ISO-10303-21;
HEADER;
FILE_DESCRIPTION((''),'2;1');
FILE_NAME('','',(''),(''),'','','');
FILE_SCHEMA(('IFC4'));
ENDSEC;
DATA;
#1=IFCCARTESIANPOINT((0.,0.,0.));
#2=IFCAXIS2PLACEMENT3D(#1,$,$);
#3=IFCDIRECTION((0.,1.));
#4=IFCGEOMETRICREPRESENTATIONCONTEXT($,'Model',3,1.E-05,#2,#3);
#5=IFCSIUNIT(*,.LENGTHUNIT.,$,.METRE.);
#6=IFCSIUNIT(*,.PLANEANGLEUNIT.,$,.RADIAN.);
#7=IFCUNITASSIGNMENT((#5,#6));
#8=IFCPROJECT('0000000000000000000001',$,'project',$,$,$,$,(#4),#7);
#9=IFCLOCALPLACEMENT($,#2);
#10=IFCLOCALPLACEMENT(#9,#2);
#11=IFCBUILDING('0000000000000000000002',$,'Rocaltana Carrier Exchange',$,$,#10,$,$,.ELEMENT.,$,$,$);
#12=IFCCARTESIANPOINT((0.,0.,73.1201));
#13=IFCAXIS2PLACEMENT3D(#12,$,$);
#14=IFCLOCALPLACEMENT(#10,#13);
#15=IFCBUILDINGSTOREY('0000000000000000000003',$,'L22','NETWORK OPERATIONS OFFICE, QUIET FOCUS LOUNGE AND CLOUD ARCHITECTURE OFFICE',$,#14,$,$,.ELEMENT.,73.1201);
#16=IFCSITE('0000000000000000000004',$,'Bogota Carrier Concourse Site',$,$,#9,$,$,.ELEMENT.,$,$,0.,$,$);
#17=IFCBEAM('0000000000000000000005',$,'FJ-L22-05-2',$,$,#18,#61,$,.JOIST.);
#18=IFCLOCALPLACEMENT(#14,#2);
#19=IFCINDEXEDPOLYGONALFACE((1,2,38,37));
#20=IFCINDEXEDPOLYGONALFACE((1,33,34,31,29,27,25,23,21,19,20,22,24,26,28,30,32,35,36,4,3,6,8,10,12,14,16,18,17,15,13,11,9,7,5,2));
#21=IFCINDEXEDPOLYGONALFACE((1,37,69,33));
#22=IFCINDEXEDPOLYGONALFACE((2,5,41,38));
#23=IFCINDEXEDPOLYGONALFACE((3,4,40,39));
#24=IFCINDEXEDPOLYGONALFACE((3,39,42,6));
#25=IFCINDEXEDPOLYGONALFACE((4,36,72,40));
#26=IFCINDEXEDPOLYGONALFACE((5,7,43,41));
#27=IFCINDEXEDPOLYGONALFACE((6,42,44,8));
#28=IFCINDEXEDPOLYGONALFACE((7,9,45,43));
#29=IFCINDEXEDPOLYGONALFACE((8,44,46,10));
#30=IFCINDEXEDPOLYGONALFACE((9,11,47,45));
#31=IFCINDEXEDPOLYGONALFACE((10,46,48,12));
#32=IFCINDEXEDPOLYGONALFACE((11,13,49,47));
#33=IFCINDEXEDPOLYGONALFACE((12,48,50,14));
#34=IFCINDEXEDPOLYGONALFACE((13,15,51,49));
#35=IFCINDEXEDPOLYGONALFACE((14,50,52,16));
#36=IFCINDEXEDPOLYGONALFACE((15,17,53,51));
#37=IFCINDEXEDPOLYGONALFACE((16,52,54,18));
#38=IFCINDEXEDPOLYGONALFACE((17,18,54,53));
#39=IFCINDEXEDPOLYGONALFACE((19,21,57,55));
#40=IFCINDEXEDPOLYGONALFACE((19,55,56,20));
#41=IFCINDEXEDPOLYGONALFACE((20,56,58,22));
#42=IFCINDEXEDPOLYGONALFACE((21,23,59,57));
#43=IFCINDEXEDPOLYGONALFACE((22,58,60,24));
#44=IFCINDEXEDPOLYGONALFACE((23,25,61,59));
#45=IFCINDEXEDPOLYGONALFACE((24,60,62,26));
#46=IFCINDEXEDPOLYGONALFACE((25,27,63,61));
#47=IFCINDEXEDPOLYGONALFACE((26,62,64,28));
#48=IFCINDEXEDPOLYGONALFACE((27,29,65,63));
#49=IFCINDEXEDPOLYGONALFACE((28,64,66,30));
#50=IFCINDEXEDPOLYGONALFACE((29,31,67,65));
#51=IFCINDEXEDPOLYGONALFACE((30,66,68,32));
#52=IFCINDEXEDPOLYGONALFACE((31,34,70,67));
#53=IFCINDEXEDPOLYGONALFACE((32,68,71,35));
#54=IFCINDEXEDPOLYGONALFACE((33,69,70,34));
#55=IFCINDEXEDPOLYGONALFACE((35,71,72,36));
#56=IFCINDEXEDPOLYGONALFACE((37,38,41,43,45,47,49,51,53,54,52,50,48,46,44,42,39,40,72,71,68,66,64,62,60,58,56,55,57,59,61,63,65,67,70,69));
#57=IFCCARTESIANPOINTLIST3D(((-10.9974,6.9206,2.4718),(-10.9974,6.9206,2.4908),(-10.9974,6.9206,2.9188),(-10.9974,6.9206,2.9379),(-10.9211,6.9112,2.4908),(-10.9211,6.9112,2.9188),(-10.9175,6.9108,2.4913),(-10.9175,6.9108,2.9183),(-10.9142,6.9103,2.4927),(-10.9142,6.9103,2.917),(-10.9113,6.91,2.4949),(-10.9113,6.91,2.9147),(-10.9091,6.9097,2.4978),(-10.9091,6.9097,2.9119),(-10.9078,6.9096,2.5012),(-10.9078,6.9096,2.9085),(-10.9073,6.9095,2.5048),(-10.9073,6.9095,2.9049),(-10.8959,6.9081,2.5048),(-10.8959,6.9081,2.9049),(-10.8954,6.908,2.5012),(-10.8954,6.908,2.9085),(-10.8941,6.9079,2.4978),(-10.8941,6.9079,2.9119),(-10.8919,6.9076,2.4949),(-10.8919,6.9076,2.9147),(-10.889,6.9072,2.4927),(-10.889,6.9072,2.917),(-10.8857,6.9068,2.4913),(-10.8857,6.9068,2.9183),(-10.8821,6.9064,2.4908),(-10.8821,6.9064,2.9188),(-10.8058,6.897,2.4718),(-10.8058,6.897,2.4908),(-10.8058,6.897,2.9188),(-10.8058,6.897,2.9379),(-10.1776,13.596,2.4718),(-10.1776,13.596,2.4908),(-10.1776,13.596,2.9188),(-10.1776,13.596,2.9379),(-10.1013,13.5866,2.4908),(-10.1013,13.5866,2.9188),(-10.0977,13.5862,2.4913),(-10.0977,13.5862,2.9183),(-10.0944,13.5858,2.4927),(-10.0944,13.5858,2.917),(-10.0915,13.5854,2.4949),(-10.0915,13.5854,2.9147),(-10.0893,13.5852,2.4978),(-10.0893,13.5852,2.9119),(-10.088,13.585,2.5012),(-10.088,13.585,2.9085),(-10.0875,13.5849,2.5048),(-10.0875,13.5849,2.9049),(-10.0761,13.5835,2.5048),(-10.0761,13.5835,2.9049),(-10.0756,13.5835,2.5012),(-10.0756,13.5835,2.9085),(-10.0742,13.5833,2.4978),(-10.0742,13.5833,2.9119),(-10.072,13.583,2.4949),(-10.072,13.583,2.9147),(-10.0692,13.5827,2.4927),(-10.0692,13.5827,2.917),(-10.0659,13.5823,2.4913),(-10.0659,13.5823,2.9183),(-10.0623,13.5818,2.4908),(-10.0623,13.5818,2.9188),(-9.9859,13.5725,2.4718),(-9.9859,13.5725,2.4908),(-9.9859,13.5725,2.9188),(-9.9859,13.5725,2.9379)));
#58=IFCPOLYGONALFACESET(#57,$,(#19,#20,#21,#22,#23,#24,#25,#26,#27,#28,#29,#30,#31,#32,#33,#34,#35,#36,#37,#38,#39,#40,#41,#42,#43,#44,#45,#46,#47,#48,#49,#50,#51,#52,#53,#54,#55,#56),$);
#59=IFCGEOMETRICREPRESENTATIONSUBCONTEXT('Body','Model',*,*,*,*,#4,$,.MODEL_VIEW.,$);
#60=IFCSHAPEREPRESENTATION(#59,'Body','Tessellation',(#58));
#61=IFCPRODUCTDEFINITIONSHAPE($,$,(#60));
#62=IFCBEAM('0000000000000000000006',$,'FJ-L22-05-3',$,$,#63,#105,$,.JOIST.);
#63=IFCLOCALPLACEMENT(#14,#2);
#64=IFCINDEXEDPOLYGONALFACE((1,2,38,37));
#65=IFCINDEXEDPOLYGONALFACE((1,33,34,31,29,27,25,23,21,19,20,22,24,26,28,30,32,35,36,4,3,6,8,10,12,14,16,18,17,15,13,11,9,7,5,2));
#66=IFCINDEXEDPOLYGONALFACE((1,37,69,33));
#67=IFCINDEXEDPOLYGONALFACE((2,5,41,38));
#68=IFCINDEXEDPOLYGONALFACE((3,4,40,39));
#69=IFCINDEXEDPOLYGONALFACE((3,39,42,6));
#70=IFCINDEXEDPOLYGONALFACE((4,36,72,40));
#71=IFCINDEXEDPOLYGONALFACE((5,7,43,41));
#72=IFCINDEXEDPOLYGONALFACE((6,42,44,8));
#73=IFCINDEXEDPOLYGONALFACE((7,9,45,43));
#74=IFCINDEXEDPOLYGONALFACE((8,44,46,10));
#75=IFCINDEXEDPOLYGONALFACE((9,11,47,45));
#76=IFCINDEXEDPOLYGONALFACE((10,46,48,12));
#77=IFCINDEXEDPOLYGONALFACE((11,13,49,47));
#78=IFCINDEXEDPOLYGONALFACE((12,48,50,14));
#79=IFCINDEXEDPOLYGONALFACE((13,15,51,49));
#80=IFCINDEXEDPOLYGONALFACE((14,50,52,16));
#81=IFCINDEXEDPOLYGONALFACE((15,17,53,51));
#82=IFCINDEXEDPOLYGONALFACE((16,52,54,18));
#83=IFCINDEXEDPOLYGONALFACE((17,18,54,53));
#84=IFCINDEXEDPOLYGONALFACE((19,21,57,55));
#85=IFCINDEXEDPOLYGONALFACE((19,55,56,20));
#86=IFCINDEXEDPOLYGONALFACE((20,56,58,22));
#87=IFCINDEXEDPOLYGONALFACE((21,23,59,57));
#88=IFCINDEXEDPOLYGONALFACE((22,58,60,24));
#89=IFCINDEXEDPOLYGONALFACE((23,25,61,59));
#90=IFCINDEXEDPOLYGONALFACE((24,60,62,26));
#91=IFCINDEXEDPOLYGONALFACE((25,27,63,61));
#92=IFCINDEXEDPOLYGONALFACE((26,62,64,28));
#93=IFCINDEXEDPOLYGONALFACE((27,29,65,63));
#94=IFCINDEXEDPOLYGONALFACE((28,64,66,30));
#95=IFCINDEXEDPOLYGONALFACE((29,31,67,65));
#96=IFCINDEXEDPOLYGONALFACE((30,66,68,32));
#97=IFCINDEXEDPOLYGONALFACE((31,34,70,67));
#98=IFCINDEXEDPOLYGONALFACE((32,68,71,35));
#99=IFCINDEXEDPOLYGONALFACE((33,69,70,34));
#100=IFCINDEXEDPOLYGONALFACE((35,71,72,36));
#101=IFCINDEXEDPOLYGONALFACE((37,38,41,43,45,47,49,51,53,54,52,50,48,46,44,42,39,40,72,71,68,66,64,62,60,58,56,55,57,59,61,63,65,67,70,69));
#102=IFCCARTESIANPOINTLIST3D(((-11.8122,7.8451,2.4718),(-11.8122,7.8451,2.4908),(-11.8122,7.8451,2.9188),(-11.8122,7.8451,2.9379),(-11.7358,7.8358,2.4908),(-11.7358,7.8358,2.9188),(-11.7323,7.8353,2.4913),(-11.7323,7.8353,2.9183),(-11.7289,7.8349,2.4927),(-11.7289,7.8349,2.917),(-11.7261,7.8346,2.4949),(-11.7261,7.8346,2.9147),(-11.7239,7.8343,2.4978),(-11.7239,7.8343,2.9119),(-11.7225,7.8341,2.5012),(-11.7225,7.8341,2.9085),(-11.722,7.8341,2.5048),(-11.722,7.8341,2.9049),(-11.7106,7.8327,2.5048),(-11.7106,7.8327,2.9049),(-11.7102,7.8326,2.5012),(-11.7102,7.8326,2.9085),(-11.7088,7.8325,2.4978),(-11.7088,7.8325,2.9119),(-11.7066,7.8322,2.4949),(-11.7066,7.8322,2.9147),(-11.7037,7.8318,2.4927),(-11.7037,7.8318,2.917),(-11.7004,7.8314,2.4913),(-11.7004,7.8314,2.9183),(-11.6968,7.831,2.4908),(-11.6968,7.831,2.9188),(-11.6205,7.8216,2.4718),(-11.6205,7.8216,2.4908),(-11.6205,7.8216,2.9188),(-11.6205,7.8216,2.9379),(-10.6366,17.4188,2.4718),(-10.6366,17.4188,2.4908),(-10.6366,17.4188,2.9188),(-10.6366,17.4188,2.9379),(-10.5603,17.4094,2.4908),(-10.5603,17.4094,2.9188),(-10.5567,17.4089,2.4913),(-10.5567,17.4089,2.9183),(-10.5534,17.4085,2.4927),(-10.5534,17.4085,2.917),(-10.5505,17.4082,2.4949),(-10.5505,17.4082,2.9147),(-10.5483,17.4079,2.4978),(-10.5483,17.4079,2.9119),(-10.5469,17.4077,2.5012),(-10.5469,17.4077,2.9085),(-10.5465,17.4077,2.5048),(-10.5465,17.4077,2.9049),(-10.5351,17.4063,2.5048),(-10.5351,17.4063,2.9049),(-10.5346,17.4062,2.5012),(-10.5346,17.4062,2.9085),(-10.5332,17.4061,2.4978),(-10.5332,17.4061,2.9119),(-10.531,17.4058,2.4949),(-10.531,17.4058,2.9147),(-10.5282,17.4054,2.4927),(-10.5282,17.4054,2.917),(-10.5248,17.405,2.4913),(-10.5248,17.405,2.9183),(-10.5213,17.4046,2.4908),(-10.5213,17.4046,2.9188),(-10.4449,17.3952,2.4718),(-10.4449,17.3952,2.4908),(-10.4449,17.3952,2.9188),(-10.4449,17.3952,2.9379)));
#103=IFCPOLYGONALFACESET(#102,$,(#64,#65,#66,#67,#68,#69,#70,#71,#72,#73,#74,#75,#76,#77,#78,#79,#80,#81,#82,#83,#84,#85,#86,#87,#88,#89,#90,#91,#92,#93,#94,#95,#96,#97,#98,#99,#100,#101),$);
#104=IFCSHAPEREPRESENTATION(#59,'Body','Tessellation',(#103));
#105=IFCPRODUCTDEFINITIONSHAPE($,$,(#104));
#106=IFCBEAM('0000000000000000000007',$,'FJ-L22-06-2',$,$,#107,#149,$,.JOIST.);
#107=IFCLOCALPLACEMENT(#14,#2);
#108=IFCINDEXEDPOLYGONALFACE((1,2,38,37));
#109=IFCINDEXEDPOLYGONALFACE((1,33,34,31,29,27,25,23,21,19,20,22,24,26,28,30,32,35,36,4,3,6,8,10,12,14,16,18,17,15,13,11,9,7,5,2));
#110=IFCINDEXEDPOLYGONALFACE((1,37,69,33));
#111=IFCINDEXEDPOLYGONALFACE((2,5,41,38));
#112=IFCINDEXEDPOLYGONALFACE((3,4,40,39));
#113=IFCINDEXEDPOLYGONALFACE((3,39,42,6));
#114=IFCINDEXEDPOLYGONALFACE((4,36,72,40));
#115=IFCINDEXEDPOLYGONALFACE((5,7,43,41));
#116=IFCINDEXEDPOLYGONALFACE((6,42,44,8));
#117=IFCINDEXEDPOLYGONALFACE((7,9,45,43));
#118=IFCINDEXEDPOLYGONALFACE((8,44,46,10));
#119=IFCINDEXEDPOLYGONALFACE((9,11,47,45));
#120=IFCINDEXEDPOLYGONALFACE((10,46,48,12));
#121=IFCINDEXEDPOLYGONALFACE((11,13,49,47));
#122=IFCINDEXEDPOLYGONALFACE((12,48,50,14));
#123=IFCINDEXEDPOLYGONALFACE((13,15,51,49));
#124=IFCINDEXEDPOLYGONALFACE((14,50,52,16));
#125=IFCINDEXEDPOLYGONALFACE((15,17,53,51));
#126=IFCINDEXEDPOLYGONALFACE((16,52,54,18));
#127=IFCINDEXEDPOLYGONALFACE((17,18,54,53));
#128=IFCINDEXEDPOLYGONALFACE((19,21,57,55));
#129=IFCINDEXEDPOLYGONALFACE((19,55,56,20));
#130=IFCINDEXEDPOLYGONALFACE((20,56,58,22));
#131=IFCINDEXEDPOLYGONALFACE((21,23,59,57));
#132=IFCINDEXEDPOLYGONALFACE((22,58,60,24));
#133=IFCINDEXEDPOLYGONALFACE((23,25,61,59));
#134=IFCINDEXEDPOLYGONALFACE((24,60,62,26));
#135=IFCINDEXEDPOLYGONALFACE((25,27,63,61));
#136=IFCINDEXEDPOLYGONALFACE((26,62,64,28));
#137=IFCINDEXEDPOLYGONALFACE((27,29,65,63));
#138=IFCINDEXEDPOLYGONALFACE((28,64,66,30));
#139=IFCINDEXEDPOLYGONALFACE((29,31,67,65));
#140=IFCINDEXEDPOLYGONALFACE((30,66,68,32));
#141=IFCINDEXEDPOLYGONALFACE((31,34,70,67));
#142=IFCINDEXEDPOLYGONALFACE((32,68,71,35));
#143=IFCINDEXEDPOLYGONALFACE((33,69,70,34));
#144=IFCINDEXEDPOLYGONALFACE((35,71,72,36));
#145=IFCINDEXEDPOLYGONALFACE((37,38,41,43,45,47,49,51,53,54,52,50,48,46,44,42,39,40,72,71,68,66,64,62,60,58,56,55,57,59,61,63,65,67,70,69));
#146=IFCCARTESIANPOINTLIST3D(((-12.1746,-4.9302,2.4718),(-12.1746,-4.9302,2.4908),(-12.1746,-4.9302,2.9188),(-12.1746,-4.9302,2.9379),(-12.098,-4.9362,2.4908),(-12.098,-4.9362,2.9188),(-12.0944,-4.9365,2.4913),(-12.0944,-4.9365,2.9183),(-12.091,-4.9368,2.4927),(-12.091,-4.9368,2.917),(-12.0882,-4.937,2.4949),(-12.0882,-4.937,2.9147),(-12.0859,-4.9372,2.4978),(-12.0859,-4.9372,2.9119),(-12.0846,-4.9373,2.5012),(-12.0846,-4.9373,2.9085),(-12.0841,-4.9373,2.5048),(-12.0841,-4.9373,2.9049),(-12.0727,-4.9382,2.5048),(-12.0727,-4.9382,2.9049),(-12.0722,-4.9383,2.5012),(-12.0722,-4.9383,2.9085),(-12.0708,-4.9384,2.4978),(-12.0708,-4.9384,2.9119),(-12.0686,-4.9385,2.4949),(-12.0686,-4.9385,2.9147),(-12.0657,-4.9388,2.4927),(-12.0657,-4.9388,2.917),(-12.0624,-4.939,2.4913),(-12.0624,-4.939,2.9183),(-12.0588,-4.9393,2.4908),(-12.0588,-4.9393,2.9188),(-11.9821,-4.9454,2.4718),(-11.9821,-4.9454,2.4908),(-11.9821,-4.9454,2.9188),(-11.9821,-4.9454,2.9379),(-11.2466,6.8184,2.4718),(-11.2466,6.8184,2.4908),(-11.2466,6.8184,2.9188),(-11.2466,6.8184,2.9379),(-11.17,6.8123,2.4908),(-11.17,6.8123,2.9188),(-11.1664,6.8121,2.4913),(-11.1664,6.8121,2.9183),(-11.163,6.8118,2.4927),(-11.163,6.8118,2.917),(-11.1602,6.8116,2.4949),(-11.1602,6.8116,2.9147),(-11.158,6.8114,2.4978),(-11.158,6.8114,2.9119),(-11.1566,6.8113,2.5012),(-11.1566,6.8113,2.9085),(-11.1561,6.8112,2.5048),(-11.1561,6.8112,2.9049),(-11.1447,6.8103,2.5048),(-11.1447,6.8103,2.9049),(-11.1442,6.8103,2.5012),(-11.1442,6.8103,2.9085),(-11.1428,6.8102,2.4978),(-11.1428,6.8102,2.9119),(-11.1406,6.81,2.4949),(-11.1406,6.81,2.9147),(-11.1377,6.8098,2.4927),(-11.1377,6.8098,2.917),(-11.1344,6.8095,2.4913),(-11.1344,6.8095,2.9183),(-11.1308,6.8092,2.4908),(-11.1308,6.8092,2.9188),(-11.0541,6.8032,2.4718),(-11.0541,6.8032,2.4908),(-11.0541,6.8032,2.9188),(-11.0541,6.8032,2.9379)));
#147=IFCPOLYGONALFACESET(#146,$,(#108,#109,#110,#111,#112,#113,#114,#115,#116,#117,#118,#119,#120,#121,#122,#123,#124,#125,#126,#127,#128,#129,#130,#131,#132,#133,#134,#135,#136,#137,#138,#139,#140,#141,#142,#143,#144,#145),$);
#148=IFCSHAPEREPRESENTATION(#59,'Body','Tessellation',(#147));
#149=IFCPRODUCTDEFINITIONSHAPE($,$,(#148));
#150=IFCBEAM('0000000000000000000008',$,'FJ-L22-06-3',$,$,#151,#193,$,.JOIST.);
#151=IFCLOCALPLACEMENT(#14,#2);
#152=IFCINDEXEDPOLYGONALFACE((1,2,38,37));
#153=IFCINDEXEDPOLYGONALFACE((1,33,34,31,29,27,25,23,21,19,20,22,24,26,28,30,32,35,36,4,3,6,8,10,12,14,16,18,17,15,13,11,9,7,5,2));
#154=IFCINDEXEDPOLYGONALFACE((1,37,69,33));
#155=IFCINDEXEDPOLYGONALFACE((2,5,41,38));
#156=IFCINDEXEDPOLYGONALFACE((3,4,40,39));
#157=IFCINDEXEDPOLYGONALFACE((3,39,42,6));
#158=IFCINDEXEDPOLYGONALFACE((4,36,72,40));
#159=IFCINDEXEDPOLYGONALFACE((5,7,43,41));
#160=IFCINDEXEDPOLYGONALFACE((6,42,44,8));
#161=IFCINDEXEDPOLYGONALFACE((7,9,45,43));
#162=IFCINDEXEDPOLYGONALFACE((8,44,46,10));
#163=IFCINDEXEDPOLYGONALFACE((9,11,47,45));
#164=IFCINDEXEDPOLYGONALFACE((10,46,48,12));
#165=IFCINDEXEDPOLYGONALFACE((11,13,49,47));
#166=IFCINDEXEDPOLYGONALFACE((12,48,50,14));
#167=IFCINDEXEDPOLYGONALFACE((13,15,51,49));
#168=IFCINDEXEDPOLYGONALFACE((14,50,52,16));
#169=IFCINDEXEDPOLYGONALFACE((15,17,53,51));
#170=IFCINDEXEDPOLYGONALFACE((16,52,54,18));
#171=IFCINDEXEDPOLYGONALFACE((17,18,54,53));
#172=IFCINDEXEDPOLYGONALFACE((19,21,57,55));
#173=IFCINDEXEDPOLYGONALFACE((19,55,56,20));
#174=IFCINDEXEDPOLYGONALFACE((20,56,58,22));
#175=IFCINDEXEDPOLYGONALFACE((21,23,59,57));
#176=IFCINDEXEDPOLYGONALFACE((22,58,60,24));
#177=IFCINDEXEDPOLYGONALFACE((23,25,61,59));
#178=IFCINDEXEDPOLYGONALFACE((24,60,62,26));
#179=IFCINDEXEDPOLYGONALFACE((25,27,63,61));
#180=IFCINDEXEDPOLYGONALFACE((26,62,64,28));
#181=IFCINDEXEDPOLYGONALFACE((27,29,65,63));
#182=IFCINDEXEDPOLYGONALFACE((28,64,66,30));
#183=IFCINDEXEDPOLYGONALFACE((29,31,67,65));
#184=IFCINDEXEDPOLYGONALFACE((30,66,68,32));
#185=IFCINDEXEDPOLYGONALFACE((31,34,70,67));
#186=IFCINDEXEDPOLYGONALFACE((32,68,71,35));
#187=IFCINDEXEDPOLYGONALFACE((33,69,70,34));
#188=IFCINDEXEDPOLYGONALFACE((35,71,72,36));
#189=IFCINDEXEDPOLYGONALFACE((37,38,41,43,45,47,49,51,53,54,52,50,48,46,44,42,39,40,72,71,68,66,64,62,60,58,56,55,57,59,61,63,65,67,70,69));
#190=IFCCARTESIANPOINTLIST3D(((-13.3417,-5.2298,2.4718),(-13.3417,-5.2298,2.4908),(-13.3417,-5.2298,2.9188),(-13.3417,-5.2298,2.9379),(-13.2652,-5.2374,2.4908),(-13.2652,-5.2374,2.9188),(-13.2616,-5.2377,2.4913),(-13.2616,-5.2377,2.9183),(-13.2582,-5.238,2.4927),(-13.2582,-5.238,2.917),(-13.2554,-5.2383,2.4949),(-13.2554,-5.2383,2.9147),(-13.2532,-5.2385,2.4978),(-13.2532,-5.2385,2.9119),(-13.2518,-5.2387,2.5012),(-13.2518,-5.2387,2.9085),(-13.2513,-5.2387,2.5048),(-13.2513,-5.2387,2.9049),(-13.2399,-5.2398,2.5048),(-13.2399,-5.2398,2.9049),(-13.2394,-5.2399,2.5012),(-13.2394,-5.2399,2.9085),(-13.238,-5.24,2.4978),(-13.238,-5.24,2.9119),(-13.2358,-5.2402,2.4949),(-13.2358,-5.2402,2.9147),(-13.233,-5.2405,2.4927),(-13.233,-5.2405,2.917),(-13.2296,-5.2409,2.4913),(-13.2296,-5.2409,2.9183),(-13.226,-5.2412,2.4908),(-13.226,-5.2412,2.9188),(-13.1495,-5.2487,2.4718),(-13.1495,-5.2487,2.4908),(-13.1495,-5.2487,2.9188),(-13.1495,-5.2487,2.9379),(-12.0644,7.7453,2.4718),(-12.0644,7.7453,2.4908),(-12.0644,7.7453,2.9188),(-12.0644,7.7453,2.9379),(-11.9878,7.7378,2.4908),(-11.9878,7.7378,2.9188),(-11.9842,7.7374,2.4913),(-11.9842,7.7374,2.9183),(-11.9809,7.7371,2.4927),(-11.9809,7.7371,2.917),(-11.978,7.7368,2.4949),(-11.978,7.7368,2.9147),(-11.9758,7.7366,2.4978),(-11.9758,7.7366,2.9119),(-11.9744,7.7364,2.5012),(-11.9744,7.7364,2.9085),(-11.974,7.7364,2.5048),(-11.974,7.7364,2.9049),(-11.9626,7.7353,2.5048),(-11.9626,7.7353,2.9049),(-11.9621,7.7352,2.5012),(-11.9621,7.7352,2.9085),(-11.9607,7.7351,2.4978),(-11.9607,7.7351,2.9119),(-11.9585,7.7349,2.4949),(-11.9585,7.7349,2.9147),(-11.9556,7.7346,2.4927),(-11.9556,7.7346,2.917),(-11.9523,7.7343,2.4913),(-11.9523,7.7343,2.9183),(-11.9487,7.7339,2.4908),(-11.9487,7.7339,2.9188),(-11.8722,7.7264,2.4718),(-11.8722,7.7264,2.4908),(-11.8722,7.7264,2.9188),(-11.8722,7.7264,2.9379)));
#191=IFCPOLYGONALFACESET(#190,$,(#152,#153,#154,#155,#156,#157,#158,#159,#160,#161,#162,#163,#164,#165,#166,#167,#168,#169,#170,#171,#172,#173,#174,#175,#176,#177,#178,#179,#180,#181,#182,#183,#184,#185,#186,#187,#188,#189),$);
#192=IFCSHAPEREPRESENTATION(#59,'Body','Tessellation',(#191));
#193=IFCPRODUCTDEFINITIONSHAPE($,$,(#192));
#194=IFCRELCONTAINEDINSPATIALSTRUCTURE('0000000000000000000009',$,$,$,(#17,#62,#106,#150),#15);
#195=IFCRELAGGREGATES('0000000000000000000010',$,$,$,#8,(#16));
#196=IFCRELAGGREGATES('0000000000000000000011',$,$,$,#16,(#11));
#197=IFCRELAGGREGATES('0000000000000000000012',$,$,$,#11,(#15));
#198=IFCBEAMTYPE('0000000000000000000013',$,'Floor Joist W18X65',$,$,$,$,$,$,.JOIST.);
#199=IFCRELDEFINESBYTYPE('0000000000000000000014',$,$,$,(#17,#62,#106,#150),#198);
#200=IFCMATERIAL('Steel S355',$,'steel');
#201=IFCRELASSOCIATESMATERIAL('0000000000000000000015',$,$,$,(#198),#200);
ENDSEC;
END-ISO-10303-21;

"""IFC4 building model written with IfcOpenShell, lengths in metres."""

from ifc_helpers import new_model, si_unit, direction, frame, origin, origin_2d, place, context, subcontext, project, spatial, i_section, extrude, material, material_profile, profile_set, type_object, element, save


model = new_model("IFC4")

# Units and contexts
model_context = context("Model", 3, precision=1e-05, world=origin(), true_north=direction((0.0, 1.0)))
body_context = subcontext(model_context, "Body", "Model", "MODEL_VIEW")
ifc_project = project(units=[si_unit("LENGTHUNIT", "METRE"), si_unit("PLANEANGLEUNIT", "RADIAN")], contexts=[model_context])

# Site, building, storey
site_placement = place(None, origin())
site = spatial("IfcSite", under=ifc_project, at=site_placement, Name="Bogota Carrier Concourse Site", CompositionType="ELEMENT", RefElevation=0.0)
building_placement = place(site_placement, origin())
building = spatial("IfcBuilding", under=site, at=building_placement, Name="Rocaltana Carrier Exchange", CompositionType="ELEMENT")
storey_placement = place(building_placement, frame((0.0, 0.0, 73.1201)))
storey = spatial("IfcBuildingStorey", under=building, at=storey_placement, Name="L22", Description="NETWORK OPERATIONS OFFICE, QUIET FOCUS LOUNGE AND CLOUD ARCHITECTURE OFFICE", CompositionType="ELEMENT", Elevation=73.1201)

# Beams
ifc_material_1 = material(Name="Steel S355", Category="steel")
ifc_material_profile_1 = material_profile(ifc_material_1, i_section(OverallWidth=0.1931, OverallDepth=0.4661, WebThickness=0.0115, FlangeThickness=0.019, FilletRadius=0.0139, at=origin_2d()), Name="W18X65")
ifc_profile_set_1 = profile_set([ifc_material_profile_1], Name="Steel S355")
beam_type_1 = type_object("IfcBeamType", Name="Floor Joist W18X65", PredefinedType="JOIST", material=ifc_profile_set_1)
beam_1_placement = place(storey_placement, frame((-10.0818, 13.5842, 2.7048), z_axis=(-0.121894, -0.992543, 0.0), x_axis=(0.992543, -0.121894, 0.0)))
element("IfcBeam", 1, at=beam_1_placement, inside=storey, type_object=beam_type_1, Name="FJ-L22-05-2", PredefinedType="JOIST", context=body_context, shape_type="SweptSolid", body=[
    extrude(i_section(OverallWidth=0.1931, OverallDepth=0.4661, WebThickness=0.0115, FlangeThickness=0.019, FilletRadius=0.0139, at=origin_2d()), origin(), (0.0, 0.0, 1.0), 6.7256),
])
beam_2_placement = place(storey_placement, frame((-10.5408, 17.407, 2.7048), z_axis=(-0.121876, -0.992545, 0.0), x_axis=(0.992545, -0.121876, 0.0)))
element("IfcBeam", 2, at=beam_2_placement, inside=storey, type_object=beam_type_1, Name="FJ-L22-05-3", PredefinedType="JOIST", context=body_context, shape_type="SweptSolid", body=[
    extrude(i_section(OverallWidth=0.1931, OverallDepth=0.4661, WebThickness=0.0115, FlangeThickness=0.019, FilletRadius=0.0139, at=origin_2d()), origin(), (0.0, 0.0, 1.0), 9.6455),
])
beam_3_placement = place(storey_placement, frame((-11.1504, 6.8108, 2.7048), z_axis=(-0.078741, -0.996895, 0.0), x_axis=(0.996895, -0.078741, 0.0)))
element("IfcBeam", 3, at=beam_3_placement, inside=storey, type_object=beam_type_1, Name="FJ-L22-06-2", PredefinedType="JOIST", context=body_context, shape_type="SweptSolid", body=[
    extrude(i_section(OverallWidth=0.1931, OverallDepth=0.4661, WebThickness=0.0115, FlangeThickness=0.019, FilletRadius=0.0139, at=origin_2d()), origin(), (0.0, 0.0, 1.0), 11.7852),
])
beam_4_placement = place(storey_placement, frame((-11.9683, 7.7358, 2.7048), z_axis=(-0.097972, -0.995189, 0.0), x_axis=(0.995189, -0.097972, 0.0)))
element("IfcBeam", 4, at=beam_4_placement, inside=storey, type_object=beam_type_1, Name="FJ-L22-06-3", PredefinedType="JOIST", context=body_context, shape_type="SweptSolid", body=[
    extrude(i_section(OverallWidth=0.1931, OverallDepth=0.4661, WebThickness=0.0115, FlangeThickness=0.019, FilletRadius=0.0139, at=origin_2d()), origin(), (0.0, 0.0, 1.0), 13.0378),
])

save(model, "model.ifc")
